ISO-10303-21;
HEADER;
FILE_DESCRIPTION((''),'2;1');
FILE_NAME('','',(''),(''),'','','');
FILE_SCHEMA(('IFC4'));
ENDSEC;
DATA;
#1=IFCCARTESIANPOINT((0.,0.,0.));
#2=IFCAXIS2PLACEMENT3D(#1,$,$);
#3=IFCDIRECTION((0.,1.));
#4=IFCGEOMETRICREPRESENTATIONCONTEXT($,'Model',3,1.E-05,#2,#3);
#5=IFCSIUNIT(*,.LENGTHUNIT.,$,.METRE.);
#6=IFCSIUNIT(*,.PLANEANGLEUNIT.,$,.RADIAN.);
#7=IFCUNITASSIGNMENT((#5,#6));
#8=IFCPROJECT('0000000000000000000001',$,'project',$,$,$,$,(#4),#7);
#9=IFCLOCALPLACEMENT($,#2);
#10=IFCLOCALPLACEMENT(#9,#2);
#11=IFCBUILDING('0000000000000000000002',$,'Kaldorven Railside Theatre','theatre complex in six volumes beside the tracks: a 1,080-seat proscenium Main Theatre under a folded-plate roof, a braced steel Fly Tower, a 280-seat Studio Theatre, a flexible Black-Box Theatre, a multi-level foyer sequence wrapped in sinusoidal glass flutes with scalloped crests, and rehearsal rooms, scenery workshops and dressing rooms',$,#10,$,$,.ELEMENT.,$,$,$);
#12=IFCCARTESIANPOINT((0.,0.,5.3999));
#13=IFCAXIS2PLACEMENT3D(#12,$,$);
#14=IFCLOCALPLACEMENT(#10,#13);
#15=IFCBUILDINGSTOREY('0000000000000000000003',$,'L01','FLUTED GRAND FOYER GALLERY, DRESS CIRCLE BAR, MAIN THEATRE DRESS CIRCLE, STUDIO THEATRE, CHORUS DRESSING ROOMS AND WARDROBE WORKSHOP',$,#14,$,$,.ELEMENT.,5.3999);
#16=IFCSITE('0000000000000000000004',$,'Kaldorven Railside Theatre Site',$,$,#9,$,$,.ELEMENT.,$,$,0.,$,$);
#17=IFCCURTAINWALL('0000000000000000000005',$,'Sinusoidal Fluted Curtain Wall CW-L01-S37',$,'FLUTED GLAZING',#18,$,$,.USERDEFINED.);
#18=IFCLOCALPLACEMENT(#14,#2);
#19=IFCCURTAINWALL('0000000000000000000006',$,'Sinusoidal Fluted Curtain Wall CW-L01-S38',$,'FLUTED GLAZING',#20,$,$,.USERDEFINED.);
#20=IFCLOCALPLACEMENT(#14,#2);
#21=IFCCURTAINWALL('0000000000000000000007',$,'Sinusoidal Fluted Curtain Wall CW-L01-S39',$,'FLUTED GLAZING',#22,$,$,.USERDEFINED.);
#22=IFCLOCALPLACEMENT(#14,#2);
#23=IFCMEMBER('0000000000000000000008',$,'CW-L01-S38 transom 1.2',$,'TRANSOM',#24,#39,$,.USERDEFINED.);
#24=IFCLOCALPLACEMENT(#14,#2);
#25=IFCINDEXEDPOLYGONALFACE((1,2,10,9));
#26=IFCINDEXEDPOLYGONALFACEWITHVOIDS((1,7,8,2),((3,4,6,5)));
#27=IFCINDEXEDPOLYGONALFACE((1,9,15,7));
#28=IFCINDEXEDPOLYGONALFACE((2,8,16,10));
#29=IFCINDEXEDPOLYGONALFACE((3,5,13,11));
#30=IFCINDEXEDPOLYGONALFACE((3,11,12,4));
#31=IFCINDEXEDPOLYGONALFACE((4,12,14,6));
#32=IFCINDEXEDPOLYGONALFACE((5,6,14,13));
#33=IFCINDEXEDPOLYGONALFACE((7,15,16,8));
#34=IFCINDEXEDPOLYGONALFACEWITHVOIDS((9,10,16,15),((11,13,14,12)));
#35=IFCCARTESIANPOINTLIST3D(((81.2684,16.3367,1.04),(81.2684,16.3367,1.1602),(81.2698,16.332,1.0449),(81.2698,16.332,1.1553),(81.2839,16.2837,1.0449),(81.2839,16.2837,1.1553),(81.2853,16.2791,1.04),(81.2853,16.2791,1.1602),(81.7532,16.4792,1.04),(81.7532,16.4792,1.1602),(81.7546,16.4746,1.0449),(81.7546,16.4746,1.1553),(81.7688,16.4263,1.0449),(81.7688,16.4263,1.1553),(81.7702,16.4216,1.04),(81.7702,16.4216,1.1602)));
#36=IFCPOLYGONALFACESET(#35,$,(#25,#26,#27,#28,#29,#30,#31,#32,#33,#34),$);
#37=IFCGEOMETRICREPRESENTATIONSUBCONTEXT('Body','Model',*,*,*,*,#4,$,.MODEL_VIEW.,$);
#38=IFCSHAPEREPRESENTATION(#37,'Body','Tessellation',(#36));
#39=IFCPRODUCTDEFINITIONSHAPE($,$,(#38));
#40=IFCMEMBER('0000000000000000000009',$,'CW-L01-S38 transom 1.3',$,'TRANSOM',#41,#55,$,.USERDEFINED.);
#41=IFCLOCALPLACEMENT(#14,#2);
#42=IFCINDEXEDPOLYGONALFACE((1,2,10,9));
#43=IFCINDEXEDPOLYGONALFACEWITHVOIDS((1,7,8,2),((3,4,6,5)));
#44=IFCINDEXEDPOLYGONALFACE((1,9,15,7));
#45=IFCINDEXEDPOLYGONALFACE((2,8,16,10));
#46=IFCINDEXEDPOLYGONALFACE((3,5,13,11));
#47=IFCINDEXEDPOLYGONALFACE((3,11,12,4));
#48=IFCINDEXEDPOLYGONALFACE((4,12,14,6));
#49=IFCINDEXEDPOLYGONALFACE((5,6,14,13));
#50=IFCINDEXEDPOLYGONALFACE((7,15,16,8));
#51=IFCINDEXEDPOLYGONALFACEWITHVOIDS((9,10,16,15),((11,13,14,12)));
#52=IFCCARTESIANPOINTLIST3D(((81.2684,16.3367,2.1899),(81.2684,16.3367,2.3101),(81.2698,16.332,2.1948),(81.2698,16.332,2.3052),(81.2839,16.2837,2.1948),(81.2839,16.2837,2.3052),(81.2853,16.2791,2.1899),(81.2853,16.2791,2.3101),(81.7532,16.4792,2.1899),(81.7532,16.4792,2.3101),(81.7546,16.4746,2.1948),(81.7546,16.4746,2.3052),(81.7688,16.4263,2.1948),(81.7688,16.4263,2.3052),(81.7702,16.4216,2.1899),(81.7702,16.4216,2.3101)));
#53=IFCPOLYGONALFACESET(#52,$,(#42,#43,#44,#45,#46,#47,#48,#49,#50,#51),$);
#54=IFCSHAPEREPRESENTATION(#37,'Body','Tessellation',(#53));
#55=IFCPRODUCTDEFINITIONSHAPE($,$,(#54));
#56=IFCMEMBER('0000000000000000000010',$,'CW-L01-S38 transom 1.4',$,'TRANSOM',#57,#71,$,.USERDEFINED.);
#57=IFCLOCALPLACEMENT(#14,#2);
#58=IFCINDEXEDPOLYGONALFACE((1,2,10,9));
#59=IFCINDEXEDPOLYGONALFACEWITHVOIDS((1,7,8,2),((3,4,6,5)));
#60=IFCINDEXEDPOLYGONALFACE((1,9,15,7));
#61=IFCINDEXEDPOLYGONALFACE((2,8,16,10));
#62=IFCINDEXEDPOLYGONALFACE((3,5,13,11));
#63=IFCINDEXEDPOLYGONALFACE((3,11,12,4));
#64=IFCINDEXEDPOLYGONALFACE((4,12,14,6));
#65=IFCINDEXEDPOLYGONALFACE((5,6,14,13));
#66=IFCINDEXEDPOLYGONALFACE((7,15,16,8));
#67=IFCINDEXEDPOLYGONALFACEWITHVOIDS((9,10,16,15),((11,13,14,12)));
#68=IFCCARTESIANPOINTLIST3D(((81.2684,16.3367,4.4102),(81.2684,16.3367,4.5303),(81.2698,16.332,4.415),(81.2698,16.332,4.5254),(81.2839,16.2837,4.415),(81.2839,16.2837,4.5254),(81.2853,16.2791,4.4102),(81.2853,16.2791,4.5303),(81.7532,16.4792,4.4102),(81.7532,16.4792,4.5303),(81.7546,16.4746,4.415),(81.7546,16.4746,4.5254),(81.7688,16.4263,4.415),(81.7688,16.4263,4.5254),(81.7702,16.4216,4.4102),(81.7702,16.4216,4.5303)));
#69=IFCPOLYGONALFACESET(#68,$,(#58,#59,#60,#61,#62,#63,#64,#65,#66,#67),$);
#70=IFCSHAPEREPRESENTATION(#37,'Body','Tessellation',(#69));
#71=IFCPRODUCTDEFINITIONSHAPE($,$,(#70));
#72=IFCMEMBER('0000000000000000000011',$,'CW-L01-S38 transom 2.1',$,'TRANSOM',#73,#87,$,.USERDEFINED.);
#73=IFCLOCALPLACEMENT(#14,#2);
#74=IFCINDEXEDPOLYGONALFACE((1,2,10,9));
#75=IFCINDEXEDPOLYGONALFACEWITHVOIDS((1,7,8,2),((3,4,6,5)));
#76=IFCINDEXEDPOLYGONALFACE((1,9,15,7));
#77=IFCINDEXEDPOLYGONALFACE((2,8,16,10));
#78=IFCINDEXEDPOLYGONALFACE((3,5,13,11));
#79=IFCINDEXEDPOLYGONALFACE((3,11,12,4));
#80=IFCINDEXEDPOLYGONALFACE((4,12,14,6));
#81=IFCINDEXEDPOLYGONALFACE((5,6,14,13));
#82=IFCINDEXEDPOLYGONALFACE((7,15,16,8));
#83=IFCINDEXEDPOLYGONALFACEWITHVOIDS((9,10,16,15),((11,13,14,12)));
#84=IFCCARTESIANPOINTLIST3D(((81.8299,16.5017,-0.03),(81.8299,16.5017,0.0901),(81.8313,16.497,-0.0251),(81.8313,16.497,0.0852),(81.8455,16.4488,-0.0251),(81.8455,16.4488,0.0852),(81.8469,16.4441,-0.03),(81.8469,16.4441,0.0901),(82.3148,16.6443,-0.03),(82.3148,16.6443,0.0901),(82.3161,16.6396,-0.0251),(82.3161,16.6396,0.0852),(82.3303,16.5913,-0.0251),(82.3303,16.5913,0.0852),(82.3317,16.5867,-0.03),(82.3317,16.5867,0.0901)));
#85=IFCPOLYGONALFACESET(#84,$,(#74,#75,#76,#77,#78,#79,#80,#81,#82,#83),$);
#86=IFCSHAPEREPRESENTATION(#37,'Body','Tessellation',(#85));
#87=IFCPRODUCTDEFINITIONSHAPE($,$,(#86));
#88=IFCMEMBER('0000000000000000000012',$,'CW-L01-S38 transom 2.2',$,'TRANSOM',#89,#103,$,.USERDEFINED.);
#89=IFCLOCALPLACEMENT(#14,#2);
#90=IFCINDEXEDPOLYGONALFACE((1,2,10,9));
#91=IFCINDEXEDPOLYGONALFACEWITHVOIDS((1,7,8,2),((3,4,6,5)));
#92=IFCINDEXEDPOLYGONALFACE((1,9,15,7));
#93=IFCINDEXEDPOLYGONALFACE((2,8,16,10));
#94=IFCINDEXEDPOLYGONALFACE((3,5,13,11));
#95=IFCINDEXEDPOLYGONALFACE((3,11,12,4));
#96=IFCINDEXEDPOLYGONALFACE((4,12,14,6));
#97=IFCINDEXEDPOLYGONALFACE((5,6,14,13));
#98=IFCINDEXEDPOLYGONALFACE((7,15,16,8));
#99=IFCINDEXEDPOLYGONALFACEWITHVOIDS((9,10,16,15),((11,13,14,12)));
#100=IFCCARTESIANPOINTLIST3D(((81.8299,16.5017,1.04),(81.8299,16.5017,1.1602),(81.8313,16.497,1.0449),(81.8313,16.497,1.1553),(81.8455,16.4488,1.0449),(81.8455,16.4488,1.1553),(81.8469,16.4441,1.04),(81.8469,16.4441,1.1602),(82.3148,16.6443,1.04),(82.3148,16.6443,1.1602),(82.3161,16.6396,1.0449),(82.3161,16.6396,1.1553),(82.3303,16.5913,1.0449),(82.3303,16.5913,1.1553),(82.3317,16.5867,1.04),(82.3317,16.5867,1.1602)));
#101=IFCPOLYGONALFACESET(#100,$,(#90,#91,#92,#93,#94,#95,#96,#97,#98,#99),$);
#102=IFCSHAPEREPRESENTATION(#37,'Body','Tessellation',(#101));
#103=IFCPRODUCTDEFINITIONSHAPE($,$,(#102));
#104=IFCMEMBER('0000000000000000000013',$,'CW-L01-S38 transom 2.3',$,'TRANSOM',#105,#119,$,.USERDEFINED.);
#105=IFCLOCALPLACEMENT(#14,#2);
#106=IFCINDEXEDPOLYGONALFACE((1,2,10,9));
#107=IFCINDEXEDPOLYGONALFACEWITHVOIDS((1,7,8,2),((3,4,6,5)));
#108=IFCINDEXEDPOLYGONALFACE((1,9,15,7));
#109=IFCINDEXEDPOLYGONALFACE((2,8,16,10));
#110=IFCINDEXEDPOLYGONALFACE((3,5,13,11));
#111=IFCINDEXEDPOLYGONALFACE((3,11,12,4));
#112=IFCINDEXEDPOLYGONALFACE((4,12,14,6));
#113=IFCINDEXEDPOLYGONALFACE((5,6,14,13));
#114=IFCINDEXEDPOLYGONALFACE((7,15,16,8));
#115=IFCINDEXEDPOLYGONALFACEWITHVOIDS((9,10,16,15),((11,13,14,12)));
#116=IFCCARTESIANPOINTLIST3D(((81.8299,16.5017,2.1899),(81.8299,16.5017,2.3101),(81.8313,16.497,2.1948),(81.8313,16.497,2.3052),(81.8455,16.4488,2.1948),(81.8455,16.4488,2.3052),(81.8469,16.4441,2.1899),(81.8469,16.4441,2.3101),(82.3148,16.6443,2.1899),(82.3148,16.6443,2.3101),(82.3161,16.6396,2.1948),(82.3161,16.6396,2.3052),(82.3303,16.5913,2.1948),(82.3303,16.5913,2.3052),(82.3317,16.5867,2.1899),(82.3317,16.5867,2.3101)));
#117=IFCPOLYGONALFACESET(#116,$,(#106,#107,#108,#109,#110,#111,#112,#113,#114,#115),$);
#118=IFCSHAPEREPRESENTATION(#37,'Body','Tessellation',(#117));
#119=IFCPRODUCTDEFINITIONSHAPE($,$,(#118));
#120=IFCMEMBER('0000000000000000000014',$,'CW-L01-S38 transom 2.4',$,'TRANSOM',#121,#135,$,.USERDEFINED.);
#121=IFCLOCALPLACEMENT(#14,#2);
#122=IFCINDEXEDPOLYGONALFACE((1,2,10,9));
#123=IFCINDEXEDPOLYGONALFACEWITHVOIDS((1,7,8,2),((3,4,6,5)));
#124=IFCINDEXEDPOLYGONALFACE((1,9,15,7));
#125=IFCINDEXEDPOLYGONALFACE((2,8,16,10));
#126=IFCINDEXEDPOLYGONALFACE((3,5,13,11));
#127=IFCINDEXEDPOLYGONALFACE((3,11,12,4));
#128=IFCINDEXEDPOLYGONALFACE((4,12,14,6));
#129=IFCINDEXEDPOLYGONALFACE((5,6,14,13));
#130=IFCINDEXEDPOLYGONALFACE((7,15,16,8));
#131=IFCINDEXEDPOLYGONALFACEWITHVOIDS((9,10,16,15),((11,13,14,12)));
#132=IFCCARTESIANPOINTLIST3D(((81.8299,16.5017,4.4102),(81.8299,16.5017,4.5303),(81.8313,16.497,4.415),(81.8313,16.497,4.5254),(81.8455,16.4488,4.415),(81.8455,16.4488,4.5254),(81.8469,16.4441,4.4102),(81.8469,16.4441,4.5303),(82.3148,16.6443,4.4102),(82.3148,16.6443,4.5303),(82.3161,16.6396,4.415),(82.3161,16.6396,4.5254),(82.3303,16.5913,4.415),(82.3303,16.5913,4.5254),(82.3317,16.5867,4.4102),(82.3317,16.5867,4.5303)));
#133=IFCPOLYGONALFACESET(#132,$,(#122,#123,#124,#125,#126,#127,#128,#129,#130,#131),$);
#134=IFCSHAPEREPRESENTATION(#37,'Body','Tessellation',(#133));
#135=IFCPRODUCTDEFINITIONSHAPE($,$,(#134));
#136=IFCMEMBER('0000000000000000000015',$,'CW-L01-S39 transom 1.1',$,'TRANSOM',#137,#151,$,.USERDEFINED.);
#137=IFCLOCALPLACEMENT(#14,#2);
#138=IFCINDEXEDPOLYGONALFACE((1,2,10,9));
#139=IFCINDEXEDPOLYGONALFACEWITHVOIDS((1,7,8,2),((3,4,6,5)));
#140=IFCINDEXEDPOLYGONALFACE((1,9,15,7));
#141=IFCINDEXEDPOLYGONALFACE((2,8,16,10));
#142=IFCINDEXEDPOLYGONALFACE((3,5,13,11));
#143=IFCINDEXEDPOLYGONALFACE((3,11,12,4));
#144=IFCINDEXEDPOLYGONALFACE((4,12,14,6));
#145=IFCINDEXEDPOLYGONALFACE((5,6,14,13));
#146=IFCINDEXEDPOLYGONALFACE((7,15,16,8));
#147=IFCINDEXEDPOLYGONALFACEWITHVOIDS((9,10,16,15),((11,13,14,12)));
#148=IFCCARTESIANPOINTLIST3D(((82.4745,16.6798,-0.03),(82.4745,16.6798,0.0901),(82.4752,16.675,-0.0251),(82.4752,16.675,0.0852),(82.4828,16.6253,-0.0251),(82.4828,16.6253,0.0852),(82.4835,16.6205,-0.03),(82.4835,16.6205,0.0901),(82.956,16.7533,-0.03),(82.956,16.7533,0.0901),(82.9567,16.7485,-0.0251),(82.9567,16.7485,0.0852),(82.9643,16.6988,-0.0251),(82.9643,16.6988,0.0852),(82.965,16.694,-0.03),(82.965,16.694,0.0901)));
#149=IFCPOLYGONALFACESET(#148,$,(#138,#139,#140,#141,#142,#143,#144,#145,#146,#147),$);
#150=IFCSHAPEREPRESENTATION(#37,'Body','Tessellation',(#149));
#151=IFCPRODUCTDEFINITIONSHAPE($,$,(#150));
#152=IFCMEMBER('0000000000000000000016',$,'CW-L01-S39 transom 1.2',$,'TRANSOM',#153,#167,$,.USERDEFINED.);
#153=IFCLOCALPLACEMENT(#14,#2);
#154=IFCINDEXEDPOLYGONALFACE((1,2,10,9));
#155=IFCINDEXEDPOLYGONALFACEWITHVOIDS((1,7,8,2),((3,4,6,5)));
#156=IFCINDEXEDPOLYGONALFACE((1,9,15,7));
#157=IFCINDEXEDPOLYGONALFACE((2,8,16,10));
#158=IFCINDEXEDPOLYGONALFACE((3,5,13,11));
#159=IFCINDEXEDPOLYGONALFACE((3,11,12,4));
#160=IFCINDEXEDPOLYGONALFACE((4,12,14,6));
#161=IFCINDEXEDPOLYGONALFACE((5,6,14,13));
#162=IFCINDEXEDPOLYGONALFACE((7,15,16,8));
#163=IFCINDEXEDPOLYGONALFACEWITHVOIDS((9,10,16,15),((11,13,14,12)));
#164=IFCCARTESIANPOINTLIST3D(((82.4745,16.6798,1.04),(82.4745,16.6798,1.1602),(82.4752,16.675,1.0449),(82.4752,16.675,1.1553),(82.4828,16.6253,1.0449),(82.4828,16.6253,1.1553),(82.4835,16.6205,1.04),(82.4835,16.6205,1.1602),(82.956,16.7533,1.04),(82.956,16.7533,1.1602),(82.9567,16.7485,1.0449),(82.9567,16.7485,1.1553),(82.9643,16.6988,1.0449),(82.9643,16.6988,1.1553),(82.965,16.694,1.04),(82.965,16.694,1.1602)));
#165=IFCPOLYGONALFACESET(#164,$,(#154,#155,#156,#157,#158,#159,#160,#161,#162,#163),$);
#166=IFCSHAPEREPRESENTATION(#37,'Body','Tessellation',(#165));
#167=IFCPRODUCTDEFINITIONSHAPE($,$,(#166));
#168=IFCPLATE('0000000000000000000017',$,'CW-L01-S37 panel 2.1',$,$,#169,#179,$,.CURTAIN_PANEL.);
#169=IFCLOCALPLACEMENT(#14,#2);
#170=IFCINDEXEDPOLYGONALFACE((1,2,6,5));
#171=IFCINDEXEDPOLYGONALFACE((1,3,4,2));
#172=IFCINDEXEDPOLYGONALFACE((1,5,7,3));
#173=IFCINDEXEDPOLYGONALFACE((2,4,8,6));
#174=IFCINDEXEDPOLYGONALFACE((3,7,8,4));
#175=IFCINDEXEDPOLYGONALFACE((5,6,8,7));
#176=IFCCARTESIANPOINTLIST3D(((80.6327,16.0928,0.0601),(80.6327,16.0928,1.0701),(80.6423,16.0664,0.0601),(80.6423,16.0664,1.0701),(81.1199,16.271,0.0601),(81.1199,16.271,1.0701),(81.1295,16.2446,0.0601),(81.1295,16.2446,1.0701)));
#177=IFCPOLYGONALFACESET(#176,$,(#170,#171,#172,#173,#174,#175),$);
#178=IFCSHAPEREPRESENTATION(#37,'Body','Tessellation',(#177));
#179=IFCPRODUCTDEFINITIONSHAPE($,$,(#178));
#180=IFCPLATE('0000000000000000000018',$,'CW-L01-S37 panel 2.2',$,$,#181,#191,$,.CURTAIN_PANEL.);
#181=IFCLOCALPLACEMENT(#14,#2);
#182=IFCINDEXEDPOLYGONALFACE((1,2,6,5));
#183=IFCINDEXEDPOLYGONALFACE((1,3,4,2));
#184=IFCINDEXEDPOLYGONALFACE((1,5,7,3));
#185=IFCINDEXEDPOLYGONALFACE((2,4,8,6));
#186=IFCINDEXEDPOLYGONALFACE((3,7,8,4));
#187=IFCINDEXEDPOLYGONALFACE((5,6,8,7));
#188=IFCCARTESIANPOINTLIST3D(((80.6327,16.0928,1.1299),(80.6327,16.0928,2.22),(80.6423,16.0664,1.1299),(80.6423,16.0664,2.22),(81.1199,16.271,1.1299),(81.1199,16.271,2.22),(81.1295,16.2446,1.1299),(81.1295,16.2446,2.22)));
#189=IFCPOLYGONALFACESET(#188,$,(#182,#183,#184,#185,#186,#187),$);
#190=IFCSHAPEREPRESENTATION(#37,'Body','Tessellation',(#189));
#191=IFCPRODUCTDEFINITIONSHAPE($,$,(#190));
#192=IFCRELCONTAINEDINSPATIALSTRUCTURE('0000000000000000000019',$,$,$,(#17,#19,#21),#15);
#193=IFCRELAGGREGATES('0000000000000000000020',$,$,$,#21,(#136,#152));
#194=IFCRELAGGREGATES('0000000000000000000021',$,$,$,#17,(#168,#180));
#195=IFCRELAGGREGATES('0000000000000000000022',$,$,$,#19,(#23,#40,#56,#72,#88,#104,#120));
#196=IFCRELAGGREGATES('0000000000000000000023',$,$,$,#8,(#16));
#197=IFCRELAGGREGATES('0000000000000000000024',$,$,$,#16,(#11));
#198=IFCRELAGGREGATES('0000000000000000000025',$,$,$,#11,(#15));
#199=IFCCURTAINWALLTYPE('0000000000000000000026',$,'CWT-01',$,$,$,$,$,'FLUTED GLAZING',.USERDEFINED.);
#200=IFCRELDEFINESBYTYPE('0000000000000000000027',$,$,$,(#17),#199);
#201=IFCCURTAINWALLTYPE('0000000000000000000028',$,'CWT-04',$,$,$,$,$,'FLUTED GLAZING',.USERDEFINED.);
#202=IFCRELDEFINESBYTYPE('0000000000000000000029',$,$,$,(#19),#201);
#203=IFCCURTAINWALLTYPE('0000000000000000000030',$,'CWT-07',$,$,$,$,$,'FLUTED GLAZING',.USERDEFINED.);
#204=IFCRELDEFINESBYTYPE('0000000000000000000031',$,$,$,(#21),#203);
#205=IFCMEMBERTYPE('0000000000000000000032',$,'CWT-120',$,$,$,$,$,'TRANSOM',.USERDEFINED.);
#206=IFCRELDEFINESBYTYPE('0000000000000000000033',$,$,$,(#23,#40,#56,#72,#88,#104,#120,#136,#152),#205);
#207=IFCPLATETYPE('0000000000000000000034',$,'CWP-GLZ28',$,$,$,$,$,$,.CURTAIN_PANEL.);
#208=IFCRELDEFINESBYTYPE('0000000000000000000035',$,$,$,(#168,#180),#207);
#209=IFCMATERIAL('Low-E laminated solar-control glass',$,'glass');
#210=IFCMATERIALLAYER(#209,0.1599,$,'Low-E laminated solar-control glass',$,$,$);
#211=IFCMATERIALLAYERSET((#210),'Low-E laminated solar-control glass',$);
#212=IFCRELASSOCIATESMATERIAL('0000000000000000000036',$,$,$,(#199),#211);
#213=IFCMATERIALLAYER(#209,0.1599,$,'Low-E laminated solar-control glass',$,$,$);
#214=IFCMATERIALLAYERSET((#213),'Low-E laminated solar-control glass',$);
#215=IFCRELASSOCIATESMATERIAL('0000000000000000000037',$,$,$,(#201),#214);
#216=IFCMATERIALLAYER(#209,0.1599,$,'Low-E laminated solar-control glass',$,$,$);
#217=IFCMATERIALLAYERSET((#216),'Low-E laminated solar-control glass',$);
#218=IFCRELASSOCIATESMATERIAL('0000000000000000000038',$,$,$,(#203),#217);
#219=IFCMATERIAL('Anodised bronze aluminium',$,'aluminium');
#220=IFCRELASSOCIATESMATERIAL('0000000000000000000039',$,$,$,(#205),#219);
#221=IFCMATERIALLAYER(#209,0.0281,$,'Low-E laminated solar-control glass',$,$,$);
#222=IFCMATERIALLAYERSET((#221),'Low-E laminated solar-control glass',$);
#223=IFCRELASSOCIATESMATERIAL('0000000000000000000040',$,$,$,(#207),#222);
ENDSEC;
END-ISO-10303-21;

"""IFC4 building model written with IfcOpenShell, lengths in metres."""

from ifc_helpers import new_model, si_unit, direction, frame, origin, origin_2d, place, context, subcontext, project, spatial, rectangle, hollow_rectangle, extrude, material, layer, layer_set, material_profile, profile_set, type_object, element, aggregate, save


model = new_model("IFC4")

# Units and contexts
model_context = context("Model", 3, precision=1e-05, world=origin(), true_north=direction((0.0, 1.0)))
body_context = subcontext(model_context, "Body", "Model", "MODEL_VIEW")
ifc_project = project(units=[si_unit("LENGTHUNIT", "METRE"), si_unit("PLANEANGLEUNIT", "RADIAN")], contexts=[model_context])

# Site, building, storey
site_placement = place(None, origin())
site = spatial("IfcSite", under=ifc_project, at=site_placement, Name="Kaldorven Railside Theatre Site", CompositionType="ELEMENT", RefElevation=0.0)
building_placement = place(site_placement, origin())
building = spatial("IfcBuilding", under=site, at=building_placement, Name="Kaldorven Railside Theatre", Description="theatre complex in six volumes beside the tracks: a 1,080-seat proscenium Main Theatre under a folded-plate roof, a braced steel Fly Tower, a 280-seat Studio Theatre, a flexible Black-Box Theatre, a multi-level foyer sequence wrapped in sinusoidal glass flutes with scalloped crests, and rehearsal rooms, scenery workshops and dressing rooms", CompositionType="ELEMENT")
storey_placement = place(building_placement, frame((0.0, 0.0, 5.3999)))
storey = spatial("IfcBuildingStorey", under=building, at=storey_placement, Name="L01", Description="FLUTED GRAND FOYER GALLERY, DRESS CIRCLE BAR, MAIN THEATRE DRESS CIRCLE, STUDIO THEATRE, CHORUS DRESSING ROOMS AND WARDROBE WORKSHOP", CompositionType="ELEMENT", Elevation=5.3999)

# Curtain wall
ifc_material_1 = material(Name="Low-E laminated solar-control glass", Category="glass")
ifc_layer_1 = layer(ifc_material_1, 0.1599, Name="Low-E laminated solar-control glass")
ifc_layer_set_1 = layer_set([ifc_layer_1], Name="Low-E laminated solar-control glass")
curtain_wall_type_1 = type_object("IfcCurtainWallType", Name="CWT-01", ElementType="FLUTED GLAZING", PredefinedType="USERDEFINED", material=ifc_layer_set_1)
curtain_wall_1_placement = place(storey_placement, origin())
curtain_wall_1 = element("IfcCurtainWall", 1, at=curtain_wall_1_placement, inside=storey, type_object=curtain_wall_type_1, Name="Sinusoidal Fluted Curtain Wall CW-L01-S37", ObjectType="FLUTED GLAZING", PredefinedType="USERDEFINED")
ifc_material_2 = material(Name="Anodised bronze aluminium", Category="aluminium")

# Curtain wall
ifc_layer_2 = layer(ifc_material_1, 0.1599, Name="Low-E laminated solar-control glass")
ifc_layer_set_2 = layer_set([ifc_layer_2], Name="Low-E laminated solar-control glass")
curtain_wall_type_2 = type_object("IfcCurtainWallType", Name="CWT-04", ElementType="FLUTED GLAZING", PredefinedType="USERDEFINED", material=ifc_layer_set_2)
curtain_wall_2_placement = place(storey_placement, origin())
curtain_wall_2 = element("IfcCurtainWall", 2, at=curtain_wall_2_placement, inside=storey, type_object=curtain_wall_type_2, Name="Sinusoidal Fluted Curtain Wall CW-L01-S38", ObjectType="FLUTED GLAZING", PredefinedType="USERDEFINED")

# Curtain wall
ifc_layer_3 = layer(ifc_material_1, 0.1599, Name="Low-E laminated solar-control glass")
ifc_layer_set_3 = layer_set([ifc_layer_3], Name="Low-E laminated solar-control glass")
curtain_wall_type_3 = type_object("IfcCurtainWallType", Name="CWT-07", ElementType="FLUTED GLAZING", PredefinedType="USERDEFINED", material=ifc_layer_set_3)
curtain_wall_3_placement = place(storey_placement, origin())
curtain_wall_3 = element("IfcCurtainWall", 3, at=curtain_wall_3_placement, inside=storey, type_object=curtain_wall_type_3, Name="Sinusoidal Fluted Curtain Wall CW-L01-S39", ObjectType="FLUTED GLAZING", PredefinedType="USERDEFINED")

# Members
ifc_material_profile_1 = material_profile(ifc_material_2, hollow_rectangle(XDim=0.0601, YDim=0.1201, WallThickness=0.0049, at=origin_2d()), Name="RHS 120x60x5")
ifc_profile_set_1 = profile_set([ifc_material_profile_1], Name="Anodised bronze aluminium")
member_type_1 = type_object("IfcMemberType", Name="CWT-120", ElementType="TRANSOM", PredefinedType="USERDEFINED", material=ifc_profile_set_1)
member_1_placement = place(storey_placement, frame((81.2769, 16.3079, 1.1001), z_axis=(0.959381, 0.282114, 0.0), x_axis=(-0.282114, 0.959381, 0.0)))
member_1 = element("IfcMember", 4, at=member_1_placement, type_object=member_type_1, Name="CW-L01-S38 transom 1.2", ObjectType="TRANSOM", PredefinedType="USERDEFINED", context=body_context, shape_type="SweptSolid", body=[
    extrude(hollow_rectangle(XDim=0.0601, YDim=0.1201, WallThickness=0.0049, at=origin_2d()), origin(), (0.0, 0.0, 1.0), 0.5054),
])
member_2_placement = place(storey_placement, frame((81.2769, 16.3079, 2.25), z_axis=(0.959381, 0.282114, 0.0), x_axis=(-0.282114, 0.959381, 0.0)))
member_2 = element("IfcMember", 5, at=member_2_placement, type_object=member_type_1, Name="CW-L01-S38 transom 1.3", ObjectType="TRANSOM", PredefinedType="USERDEFINED", context=body_context, shape_type="SweptSolid", body=[
    extrude(hollow_rectangle(XDim=0.0601, YDim=0.1201, WallThickness=0.0049, at=origin_2d()), origin(), (0.0, 0.0, 1.0), 0.5054),
])
member_3_placement = place(storey_placement, frame((81.2769, 16.3079, 4.4702), z_axis=(0.959381, 0.282114, 0.0), x_axis=(-0.282114, 0.959381, 0.0)))
member_3 = element("IfcMember", 6, at=member_3_placement, type_object=member_type_1, Name="CW-L01-S38 transom 1.4", ObjectType="TRANSOM", PredefinedType="USERDEFINED", context=body_context, shape_type="SweptSolid", body=[
    extrude(hollow_rectangle(XDim=0.0601, YDim=0.1201, WallThickness=0.0049, at=origin_2d()), origin(), (0.0, 0.0, 1.0), 0.5054),
])
member_4_placement = place(storey_placement, frame((81.8384, 16.4729, 0.03), z_axis=(0.959381, 0.282114, 0.0), x_axis=(-0.282114, 0.959381, 0.0)))
member_4 = element("IfcMember", 7, at=member_4_placement, type_object=member_type_1, Name="CW-L01-S38 transom 2.1", ObjectType="TRANSOM", PredefinedType="USERDEFINED", context=body_context, shape_type="SweptSolid", body=[
    extrude(hollow_rectangle(XDim=0.0601, YDim=0.1201, WallThickness=0.0049, at=origin_2d()), origin(), (0.0, 0.0, 1.0), 0.5054),
])
member_5_placement = place(storey_placement, frame((81.8384, 16.4729, 1.1001), z_axis=(0.959381, 0.282114, 0.0), x_axis=(-0.282114, 0.959381, 0.0)))
member_5 = element("IfcMember", 8, at=member_5_placement, type_object=member_type_1, Name="CW-L01-S38 transom 2.2", ObjectType="TRANSOM", PredefinedType="USERDEFINED", context=body_context, shape_type="SweptSolid", body=[
    extrude(hollow_rectangle(XDim=0.0601, YDim=0.1201, WallThickness=0.0049, at=origin_2d()), origin(), (0.0, 0.0, 1.0), 0.5054),
])
member_6_placement = place(storey_placement, frame((81.8384, 16.4729, 2.25), z_axis=(0.959381, 0.282114, 0.0), x_axis=(-0.282114, 0.959381, 0.0)))
member_6 = element("IfcMember", 9, at=member_6_placement, type_object=member_type_1, Name="CW-L01-S38 transom 2.3", ObjectType="TRANSOM", PredefinedType="USERDEFINED", context=body_context, shape_type="SweptSolid", body=[
    extrude(hollow_rectangle(XDim=0.0601, YDim=0.1201, WallThickness=0.0049, at=origin_2d()), origin(), (0.0, 0.0, 1.0), 0.5054),
])
member_7_placement = place(storey_placement, frame((81.8384, 16.4729, 4.4702), z_axis=(0.959381, 0.282114, 0.0), x_axis=(-0.282114, 0.959381, 0.0)))
member_7 = element("IfcMember", 10, at=member_7_placement, type_object=member_type_1, Name="CW-L01-S38 transom 2.4", ObjectType="TRANSOM", PredefinedType="USERDEFINED", context=body_context, shape_type="SweptSolid", body=[
    extrude(hollow_rectangle(XDim=0.0601, YDim=0.1201, WallThickness=0.0049, at=origin_2d()), origin(), (0.0, 0.0, 1.0), 0.5054),
])
member_8_placement = place(storey_placement, frame((82.479, 16.6501, 0.03), z_axis=(0.988551, 0.150889, 0.0), x_axis=(-0.150889, 0.988551, 0.0)))
member_8 = element("IfcMember", 11, at=member_8_placement, type_object=member_type_1, Name="CW-L01-S39 transom 1.1", ObjectType="TRANSOM", PredefinedType="USERDEFINED", context=body_context, shape_type="SweptSolid", body=[
    extrude(hollow_rectangle(XDim=0.0601, YDim=0.1201, WallThickness=0.0049, at=origin_2d()), origin(), (0.0, 0.0, 1.0), 0.4871),
])
member_9_placement = place(storey_placement, frame((82.479, 16.6501, 1.1001), z_axis=(0.988551, 0.150889, 0.0), x_axis=(-0.150889, 0.988551, 0.0)))
member_9 = element("IfcMember", 12, at=member_9_placement, type_object=member_type_1, Name="CW-L01-S39 transom 1.2", ObjectType="TRANSOM", PredefinedType="USERDEFINED", context=body_context, shape_type="SweptSolid", body=[
    extrude(hollow_rectangle(XDim=0.0601, YDim=0.1201, WallThickness=0.0049, at=origin_2d()), origin(), (0.0, 0.0, 1.0), 0.4871),
])
aggregate(curtain_wall_3, [member_8, member_9])

# Plates
ifc_layer_4 = layer(ifc_material_1, 0.0281, Name="Low-E laminated solar-control glass")
ifc_layer_set_4 = layer_set([ifc_layer_4], Name="Low-E laminated solar-control glass")
plate_type = type_object("IfcPlateType", Name="CWP-GLZ28", PredefinedType="CURTAIN_PANEL", material=ifc_layer_set_4)
plate_1_placement = place(storey_placement, frame((80.8811, 16.1687, 0.0601), z_axis=(0.0, 0.0, 1.0), x_axis=(0.939154, 0.343496, 0.0)))
plate_1 = element("IfcPlate", 13, at=plate_1_placement, type_object=plate_type, Name="CW-L01-S37 panel 2.1", PredefinedType="CURTAIN_PANEL", context=body_context, shape_type="SweptSolid", body=[
    extrude(rectangle(XDim=0.5188, YDim=0.0281, at=origin_2d()), origin(), (0.0, 0.0, 1.0), 1.01),
])
plate_2_placement = place(storey_placement, frame((80.8811, 16.1687, 1.1299), z_axis=(0.0, 0.0, 1.0), x_axis=(0.939154, 0.343496, 0.0)))
plate_2 = element("IfcPlate", 14, at=plate_2_placement, type_object=plate_type, Name="CW-L01-S37 panel 2.2", PredefinedType="CURTAIN_PANEL", context=body_context, shape_type="SweptSolid", body=[
    extrude(rectangle(XDim=0.5188, YDim=0.0281, at=origin_2d()), origin(), (0.0, 0.0, 1.0), 1.0901),
])
aggregate(curtain_wall_1, [plate_1, plate_2])
aggregate(curtain_wall_2, [member_1, member_2, member_3, member_4, member_5, member_6, member_7])

save(model, "model.ifc")
